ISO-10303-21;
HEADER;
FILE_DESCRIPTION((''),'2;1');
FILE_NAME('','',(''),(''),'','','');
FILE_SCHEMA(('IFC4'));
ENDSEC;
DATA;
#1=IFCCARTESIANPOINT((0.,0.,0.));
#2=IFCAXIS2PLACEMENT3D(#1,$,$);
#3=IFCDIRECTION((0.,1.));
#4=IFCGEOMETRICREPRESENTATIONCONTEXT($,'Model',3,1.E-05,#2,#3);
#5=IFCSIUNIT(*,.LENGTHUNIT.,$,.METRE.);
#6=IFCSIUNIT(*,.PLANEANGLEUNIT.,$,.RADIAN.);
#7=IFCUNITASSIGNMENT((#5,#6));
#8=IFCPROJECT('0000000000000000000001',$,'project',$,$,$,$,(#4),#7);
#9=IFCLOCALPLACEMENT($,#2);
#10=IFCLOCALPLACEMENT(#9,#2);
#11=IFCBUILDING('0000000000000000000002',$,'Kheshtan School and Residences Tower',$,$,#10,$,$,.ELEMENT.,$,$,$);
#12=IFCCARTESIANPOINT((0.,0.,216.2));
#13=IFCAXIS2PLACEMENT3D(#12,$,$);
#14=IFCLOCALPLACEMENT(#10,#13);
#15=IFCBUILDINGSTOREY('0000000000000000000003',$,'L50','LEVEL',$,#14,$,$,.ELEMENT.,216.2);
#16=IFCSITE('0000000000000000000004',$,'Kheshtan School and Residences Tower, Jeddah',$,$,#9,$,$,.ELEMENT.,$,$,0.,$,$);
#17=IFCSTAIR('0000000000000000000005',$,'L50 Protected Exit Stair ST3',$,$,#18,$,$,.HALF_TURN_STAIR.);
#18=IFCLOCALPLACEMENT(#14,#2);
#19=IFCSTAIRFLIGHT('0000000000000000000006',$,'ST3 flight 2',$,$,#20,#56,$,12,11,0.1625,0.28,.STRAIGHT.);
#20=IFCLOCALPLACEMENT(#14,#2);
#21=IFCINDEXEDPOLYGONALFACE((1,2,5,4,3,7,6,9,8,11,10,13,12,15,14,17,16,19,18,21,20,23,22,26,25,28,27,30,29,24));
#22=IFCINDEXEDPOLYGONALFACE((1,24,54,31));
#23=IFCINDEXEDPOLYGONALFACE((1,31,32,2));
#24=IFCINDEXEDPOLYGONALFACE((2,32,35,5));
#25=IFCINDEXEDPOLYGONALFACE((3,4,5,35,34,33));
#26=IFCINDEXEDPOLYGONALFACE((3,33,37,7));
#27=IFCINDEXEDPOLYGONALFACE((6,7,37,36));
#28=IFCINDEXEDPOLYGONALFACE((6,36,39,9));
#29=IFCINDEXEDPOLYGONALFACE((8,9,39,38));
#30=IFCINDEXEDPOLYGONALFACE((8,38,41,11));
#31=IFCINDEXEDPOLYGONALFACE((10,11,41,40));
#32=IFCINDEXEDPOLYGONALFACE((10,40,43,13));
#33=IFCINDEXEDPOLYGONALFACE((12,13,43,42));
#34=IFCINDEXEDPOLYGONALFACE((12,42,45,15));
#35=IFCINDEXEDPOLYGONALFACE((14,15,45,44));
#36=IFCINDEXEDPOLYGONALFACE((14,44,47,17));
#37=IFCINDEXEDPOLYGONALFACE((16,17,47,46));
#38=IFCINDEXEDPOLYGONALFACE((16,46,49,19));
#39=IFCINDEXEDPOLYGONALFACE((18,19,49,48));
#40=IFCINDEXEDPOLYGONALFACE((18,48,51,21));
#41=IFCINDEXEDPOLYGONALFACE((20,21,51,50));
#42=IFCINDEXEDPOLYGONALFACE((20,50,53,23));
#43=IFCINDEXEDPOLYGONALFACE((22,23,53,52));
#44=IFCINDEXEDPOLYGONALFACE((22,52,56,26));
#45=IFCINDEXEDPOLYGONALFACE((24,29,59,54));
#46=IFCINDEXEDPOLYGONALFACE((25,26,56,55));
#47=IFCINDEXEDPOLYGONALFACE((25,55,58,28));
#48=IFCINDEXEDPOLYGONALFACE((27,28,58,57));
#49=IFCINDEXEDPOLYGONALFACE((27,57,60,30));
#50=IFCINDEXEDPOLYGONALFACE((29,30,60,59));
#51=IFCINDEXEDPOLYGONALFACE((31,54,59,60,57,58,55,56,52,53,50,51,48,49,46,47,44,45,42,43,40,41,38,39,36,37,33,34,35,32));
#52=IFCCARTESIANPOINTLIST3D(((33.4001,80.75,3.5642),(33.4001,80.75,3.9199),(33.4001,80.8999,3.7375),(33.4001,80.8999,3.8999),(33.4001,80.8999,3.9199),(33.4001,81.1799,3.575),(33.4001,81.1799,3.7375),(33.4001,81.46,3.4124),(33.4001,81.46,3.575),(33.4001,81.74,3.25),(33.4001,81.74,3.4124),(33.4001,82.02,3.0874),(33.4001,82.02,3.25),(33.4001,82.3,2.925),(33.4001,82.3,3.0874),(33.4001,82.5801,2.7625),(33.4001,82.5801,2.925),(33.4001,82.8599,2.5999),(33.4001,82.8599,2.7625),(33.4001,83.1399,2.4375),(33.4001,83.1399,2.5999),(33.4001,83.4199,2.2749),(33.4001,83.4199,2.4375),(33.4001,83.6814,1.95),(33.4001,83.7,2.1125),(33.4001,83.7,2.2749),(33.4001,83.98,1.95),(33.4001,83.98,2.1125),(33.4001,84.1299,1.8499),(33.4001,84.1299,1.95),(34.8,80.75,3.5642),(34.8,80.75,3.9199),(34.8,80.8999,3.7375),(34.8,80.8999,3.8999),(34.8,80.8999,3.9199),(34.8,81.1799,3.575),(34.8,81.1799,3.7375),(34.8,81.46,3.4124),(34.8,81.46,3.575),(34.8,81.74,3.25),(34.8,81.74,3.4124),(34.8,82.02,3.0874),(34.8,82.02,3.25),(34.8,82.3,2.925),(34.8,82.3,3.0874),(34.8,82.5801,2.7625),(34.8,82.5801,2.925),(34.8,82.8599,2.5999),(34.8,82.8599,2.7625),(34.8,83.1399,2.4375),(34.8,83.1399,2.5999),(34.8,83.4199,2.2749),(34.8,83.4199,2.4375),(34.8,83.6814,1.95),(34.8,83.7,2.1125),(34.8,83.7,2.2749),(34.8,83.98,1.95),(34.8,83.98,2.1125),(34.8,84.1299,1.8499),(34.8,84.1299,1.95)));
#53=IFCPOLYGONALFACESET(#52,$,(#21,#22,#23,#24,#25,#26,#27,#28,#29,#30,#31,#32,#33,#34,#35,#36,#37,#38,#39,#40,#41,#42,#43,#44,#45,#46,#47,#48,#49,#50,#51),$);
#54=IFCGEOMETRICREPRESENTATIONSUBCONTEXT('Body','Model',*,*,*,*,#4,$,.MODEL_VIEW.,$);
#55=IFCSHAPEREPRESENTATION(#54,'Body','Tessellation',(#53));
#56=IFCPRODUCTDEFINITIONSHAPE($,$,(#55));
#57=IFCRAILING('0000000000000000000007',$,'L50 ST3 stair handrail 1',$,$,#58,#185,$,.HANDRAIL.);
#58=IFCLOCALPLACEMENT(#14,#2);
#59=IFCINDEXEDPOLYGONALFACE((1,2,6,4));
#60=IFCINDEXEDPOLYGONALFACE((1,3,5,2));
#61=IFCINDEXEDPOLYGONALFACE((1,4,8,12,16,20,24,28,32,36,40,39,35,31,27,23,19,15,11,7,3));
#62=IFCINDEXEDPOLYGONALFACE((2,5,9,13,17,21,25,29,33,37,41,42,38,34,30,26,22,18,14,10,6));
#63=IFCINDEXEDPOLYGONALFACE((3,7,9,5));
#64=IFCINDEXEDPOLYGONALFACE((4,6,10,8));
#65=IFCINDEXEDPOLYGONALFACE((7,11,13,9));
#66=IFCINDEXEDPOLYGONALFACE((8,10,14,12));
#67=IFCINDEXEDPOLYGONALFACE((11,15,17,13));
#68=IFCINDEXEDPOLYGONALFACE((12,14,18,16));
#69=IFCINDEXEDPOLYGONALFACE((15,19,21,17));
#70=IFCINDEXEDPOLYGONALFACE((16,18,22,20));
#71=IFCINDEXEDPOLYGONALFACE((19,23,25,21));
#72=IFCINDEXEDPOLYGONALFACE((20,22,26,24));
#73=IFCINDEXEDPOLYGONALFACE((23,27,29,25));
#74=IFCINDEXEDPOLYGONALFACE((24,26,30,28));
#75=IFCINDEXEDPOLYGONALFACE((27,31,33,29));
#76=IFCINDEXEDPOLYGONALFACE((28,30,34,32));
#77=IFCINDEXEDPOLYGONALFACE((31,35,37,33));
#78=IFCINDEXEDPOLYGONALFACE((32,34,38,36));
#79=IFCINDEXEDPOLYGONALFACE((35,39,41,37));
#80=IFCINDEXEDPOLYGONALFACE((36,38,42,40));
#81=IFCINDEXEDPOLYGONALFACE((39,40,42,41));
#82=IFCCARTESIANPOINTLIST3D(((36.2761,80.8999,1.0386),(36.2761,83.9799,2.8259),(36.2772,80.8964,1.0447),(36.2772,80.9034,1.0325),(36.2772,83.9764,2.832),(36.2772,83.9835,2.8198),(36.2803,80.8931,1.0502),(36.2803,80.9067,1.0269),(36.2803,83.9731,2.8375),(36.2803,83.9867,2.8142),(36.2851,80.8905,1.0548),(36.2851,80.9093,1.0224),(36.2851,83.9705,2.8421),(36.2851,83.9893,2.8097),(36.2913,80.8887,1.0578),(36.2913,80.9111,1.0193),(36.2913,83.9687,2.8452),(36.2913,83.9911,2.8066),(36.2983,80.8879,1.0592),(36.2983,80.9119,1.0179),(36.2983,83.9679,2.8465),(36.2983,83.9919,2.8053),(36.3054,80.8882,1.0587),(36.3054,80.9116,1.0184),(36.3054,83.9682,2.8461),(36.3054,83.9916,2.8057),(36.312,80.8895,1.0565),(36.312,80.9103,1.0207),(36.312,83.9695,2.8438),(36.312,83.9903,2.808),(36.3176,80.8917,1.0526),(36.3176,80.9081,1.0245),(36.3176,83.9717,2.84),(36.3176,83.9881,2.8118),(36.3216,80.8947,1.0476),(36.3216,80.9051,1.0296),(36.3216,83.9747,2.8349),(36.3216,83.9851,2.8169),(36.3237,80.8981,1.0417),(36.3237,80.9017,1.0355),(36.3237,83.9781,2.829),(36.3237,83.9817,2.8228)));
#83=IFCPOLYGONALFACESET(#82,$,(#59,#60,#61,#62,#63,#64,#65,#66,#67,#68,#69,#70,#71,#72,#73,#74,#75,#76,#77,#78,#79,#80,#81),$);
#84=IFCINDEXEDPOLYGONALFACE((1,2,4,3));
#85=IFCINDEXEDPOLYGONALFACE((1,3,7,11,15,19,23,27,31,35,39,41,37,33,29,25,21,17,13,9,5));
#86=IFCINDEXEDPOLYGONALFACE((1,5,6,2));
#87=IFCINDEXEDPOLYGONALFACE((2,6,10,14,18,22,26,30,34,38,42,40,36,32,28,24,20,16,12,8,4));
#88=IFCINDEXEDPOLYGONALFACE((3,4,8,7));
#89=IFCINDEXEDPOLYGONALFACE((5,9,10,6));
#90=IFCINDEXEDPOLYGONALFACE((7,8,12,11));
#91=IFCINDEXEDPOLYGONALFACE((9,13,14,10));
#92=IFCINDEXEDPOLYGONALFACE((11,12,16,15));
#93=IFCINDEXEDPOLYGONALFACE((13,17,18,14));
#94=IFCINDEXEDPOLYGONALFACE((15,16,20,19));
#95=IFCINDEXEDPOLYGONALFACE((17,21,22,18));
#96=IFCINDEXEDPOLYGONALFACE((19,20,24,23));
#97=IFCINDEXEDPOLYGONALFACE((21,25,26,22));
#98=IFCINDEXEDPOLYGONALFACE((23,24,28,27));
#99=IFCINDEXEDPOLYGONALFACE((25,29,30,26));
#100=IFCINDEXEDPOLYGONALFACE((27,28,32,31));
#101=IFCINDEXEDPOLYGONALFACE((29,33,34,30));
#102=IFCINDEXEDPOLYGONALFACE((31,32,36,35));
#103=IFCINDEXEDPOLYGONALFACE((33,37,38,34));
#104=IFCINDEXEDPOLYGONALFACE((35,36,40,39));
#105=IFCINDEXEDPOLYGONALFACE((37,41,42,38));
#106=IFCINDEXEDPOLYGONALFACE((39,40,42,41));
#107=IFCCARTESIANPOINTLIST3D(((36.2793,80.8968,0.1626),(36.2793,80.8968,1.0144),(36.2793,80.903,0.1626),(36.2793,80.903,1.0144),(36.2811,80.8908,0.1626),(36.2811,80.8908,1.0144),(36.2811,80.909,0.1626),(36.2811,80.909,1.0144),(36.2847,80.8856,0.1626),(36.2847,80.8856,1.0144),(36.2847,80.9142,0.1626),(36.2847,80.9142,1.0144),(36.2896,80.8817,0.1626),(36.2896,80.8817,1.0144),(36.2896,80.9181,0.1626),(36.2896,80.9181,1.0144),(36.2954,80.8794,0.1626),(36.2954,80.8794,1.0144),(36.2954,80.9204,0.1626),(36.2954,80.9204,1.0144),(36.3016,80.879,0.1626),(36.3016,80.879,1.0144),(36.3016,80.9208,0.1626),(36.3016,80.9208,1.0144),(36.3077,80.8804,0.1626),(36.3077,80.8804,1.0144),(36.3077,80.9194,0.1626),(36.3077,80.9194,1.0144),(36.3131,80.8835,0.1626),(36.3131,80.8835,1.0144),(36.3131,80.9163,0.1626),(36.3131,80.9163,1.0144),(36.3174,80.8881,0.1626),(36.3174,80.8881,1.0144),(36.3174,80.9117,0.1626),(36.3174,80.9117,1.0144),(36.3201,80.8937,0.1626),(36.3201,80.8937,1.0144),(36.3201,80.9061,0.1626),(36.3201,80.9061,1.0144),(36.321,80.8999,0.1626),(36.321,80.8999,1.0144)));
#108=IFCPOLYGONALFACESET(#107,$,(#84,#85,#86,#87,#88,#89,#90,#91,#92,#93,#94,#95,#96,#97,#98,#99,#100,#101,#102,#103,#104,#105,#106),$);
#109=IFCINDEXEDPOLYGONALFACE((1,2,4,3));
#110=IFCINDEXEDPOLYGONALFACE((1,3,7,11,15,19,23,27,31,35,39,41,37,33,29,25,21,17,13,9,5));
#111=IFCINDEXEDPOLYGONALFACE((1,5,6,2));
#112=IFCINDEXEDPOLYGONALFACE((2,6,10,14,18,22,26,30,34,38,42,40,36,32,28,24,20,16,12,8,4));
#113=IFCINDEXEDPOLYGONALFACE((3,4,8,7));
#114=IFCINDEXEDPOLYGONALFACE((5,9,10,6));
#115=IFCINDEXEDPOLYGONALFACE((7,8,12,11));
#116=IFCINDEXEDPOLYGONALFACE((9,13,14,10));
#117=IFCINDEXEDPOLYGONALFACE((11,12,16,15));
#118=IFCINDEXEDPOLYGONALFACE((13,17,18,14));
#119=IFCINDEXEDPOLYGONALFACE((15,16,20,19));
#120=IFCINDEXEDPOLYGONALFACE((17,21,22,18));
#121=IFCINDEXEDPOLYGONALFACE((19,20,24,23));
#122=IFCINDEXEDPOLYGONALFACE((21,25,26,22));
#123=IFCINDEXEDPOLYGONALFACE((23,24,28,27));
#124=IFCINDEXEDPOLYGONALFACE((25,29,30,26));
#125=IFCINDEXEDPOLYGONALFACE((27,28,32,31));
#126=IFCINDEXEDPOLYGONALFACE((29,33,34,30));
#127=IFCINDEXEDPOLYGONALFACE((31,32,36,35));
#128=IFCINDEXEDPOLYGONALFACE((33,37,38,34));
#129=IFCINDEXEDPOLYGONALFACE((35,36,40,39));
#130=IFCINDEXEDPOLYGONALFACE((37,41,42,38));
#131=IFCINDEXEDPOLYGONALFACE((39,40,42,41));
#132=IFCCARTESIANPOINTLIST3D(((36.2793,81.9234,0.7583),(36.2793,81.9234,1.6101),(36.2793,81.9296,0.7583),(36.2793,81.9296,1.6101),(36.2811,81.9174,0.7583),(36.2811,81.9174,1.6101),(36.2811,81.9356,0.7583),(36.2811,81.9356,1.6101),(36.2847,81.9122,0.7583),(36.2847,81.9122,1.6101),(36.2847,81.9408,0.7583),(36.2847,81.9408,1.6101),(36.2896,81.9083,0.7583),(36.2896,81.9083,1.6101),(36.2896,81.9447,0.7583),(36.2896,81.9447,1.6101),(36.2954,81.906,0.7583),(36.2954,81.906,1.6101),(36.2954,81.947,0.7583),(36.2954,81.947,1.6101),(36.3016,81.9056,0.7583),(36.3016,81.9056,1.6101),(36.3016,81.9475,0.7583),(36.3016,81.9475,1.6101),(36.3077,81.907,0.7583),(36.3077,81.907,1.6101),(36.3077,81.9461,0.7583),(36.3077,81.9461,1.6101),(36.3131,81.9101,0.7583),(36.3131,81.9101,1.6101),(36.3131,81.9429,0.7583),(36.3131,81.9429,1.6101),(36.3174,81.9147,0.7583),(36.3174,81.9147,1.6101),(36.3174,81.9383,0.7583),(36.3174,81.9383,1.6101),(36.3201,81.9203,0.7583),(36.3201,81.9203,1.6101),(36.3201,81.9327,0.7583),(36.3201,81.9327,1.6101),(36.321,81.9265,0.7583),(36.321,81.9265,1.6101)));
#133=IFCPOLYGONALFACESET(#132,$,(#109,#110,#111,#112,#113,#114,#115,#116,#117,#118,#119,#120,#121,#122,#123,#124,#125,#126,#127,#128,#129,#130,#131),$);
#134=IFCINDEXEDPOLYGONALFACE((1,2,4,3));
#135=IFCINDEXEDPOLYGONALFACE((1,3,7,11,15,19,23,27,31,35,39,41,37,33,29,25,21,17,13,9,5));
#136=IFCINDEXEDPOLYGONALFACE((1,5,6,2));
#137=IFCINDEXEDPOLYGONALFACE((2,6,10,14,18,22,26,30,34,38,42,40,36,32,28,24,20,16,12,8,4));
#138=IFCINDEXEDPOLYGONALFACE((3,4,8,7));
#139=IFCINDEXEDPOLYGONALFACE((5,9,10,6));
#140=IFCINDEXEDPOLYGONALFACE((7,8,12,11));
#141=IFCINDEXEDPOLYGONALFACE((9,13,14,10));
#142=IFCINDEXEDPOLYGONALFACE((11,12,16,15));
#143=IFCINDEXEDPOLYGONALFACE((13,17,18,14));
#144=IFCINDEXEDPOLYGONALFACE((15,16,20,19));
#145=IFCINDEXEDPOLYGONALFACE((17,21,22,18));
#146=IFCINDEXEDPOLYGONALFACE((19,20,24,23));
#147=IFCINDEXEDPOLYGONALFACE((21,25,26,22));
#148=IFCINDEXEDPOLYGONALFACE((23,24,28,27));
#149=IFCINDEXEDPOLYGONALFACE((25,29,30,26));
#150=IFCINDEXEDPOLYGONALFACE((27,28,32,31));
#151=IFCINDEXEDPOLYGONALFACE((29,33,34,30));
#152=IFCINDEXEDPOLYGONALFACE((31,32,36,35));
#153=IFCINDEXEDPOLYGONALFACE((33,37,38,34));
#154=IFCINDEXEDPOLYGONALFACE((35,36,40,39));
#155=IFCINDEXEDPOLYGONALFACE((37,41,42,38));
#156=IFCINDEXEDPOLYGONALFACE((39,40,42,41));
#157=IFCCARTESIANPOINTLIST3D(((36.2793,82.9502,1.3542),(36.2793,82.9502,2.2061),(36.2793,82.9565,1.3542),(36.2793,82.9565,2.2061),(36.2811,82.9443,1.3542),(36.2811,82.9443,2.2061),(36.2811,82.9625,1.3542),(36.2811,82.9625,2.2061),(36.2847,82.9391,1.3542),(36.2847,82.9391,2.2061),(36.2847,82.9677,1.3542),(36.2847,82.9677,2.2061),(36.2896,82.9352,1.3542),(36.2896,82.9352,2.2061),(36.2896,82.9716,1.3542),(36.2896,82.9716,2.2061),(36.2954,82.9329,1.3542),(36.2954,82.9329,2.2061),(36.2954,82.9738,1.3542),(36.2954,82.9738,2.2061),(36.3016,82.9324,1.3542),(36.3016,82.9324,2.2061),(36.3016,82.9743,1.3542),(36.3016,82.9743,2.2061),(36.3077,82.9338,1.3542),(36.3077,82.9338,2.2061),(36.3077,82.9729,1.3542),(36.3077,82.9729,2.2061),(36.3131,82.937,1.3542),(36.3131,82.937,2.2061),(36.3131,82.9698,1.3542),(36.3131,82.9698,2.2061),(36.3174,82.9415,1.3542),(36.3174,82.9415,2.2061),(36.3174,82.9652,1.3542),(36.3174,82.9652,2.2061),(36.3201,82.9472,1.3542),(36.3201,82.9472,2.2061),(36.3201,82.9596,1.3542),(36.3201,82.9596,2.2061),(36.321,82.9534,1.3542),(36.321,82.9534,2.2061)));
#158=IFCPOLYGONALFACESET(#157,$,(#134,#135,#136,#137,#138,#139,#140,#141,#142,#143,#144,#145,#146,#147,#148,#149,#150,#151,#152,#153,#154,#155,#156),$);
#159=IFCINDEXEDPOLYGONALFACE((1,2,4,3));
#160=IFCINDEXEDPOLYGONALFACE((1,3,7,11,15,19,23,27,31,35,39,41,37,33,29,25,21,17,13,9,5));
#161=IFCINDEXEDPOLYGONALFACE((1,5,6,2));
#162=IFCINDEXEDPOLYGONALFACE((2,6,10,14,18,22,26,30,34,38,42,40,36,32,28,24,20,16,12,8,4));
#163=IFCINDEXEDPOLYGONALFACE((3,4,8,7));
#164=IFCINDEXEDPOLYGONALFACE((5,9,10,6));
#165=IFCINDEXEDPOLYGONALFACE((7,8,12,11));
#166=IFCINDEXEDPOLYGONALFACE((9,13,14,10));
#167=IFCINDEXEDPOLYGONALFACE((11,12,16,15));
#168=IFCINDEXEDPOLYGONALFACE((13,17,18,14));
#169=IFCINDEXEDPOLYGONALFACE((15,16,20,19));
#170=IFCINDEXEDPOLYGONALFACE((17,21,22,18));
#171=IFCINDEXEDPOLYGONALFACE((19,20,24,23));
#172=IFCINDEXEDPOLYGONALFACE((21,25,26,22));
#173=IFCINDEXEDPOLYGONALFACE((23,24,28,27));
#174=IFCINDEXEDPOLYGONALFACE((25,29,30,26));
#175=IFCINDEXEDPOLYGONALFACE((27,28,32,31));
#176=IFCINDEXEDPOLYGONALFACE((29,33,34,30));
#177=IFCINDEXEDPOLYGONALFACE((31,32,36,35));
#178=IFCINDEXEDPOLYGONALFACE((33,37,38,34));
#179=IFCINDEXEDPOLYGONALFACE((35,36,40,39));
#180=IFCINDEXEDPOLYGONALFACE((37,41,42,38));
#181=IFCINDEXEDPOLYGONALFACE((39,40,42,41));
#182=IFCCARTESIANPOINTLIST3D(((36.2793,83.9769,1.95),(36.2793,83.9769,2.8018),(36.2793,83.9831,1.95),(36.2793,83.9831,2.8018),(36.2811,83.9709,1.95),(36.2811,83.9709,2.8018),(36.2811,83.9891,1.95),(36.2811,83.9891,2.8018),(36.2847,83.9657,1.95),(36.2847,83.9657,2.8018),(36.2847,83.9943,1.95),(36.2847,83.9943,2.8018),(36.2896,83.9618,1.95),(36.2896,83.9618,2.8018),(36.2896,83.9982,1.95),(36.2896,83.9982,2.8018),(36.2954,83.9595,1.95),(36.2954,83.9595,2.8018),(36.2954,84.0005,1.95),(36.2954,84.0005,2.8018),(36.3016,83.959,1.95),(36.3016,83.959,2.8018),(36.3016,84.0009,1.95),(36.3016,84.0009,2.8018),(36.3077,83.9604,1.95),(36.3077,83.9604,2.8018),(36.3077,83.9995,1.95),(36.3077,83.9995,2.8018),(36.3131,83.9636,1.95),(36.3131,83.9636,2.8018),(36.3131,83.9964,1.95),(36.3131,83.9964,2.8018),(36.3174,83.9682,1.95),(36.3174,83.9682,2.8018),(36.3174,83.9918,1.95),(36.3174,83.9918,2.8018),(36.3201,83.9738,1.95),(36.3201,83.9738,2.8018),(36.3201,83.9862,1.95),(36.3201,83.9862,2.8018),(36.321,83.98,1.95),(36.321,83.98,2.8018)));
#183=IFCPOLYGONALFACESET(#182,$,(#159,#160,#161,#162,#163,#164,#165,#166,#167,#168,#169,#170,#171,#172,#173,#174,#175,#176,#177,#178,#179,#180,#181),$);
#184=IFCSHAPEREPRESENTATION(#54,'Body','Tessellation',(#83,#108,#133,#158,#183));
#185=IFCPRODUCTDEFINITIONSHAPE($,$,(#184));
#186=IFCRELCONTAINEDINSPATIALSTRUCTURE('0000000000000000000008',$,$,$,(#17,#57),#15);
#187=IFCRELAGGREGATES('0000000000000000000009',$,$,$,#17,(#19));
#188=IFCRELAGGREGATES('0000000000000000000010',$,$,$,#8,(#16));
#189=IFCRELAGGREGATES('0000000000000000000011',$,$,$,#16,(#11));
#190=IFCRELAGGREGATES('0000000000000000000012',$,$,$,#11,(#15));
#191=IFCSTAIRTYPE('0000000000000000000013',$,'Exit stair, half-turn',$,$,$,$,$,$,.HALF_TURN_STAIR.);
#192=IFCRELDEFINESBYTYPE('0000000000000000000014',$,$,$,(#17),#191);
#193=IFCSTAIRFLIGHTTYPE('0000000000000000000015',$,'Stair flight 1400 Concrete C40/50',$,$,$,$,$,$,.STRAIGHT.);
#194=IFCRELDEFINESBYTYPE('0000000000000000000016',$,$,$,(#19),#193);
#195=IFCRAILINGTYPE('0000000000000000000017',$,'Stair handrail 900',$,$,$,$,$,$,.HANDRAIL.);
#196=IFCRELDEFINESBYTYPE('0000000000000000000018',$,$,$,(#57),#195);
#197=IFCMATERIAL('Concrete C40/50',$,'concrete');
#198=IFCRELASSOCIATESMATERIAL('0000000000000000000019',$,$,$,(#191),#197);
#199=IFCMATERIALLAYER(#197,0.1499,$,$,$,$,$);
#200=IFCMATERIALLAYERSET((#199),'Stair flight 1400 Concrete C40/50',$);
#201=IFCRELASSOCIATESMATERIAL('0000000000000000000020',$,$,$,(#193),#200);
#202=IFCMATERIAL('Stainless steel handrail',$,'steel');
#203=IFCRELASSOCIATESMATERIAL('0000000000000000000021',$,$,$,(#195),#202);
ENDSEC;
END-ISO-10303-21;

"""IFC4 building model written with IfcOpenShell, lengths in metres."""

from ifc_helpers import new_model, si_unit, direction, frame, origin, origin_2d, place, context, subcontext, project, spatial, polyline, circle, outline, extrude, material, layer, layer_set, type_object, element, aggregate, save


model = new_model("IFC4")

# Units and contexts
model_context = context("Model", 3, precision=1e-05, world=origin(), true_north=direction((0.0, 1.0)))
body_context = subcontext(model_context, "Body", "Model", "MODEL_VIEW")
ifc_project = project(units=[si_unit("LENGTHUNIT", "METRE"), si_unit("PLANEANGLEUNIT", "RADIAN")], contexts=[model_context])

# Site, building, storey
site_placement = place(None, origin())
site = spatial("IfcSite", under=ifc_project, at=site_placement, Name="Kheshtan School and Residences Tower, Jeddah", CompositionType="ELEMENT", RefElevation=0.0)
building_placement = place(site_placement, origin())
building = spatial("IfcBuilding", under=site, at=building_placement, Name="Kheshtan School and Residences Tower", CompositionType="ELEMENT")
storey_placement = place(building_placement, frame((0.0, 0.0, 216.2)))
storey = spatial("IfcBuildingStorey", under=building, at=storey_placement, Name="L50", Description="LEVEL", CompositionType="ELEMENT", Elevation=216.2)

# Shared definitions
ifc_material_1 = material(Name="Concrete C40/50", Category="concrete")

# Stair, stair flight
stair_type = type_object("IfcStairType", Name="Exit stair, half-turn", PredefinedType="HALF_TURN_STAIR", material=ifc_material_1)
stair_placement = place(storey_placement, origin())
stair = element("IfcStair", 1, at=stair_placement, inside=storey, type_object=stair_type, Name="L50 Protected Exit Stair ST3", PredefinedType="HALF_TURN_STAIR")
ifc_layer_1 = layer(ifc_material_1, 0.1499)
ifc_layer_set_1 = layer_set([ifc_layer_1], Name="Stair flight 1400 Concrete C40/50")
stair_flight_type = type_object("IfcStairFlightType", Name="Stair flight 1400 Concrete C40/50", PredefinedType="STRAIGHT", material=ifc_layer_set_1)
stair_flight_1_placement = place(storey_placement, frame((34.1001, 83.98, 1.95), z_axis=(0.0, 0.0, 1.0), x_axis=(0.0, -1.0, 0.0)))
stair_flight_1 = element("IfcStairFlight", 2, at=stair_flight_1_placement, type_object=stair_flight_type, Name="ST3 flight 2", NumberOfRisers=12, NumberOfTreads=11, PredefinedType="STRAIGHT", RiserHeight=0.1625, TreadLength=0.28, context=body_context, shape_type="SweptSolid", body=[
    extrude(outline(polyline([(-0.1499, -0.1001), (-0.1499, 0.0), (0.0, 0.0), (0.0, 0.1626), (0.28, 0.1626), (0.28, 0.325), (0.5601, 0.325), (0.5601, 0.4875), (0.8401, 0.4875), (0.8401, 0.6499), (1.1201, 0.6499), (1.1201, 0.8125), (1.3999, 0.8125), (1.3999, 0.9751), (1.6799, 0.9751), (1.6799, 1.1375), (1.96, 1.1375), (1.96, 1.3), (2.24, 1.3), (2.24, 1.4624), (2.52, 1.4624), (2.52, 1.625), (2.8, 1.625), (2.8, 1.7876), (3.0801, 1.7876), (3.0801, 1.95), (3.0801, 1.97), (3.23, 1.97), (3.23, 1.6143), (0.2986, 0.0), (-0.1499, -0.1001)])), frame((0.0, 0.7, 0.0), z_axis=(0.0, -1.0, 0.0), x_axis=(1.0, 0.0, 0.0)), (0.0, 0.0, 1.0), 1.3999),
])
aggregate(stair, [stair_flight_1])

# Railing
ifc_material_2 = material(Name="Stainless steel handrail", Category="steel")
railing_type_1 = type_object("IfcRailingType", Name="Stair handrail 900", PredefinedType="HANDRAIL", material=ifc_material_2)
railing_1_placement = place(storey_placement, frame((36.3, 80.8999, 0.1626)))
element("IfcRailing", 3, at=railing_1_placement, inside=storey, type_object=railing_type_1, Name="L50 ST3 stair handrail 1", PredefinedType="HANDRAIL", context=body_context, shape_type="SweptSolid", body=[
    extrude(circle(Radius=0.0239, at=origin_2d()), frame((0.0, 0.0, 0.876), z_axis=(0.0, 0.86492, 0.501909), x_axis=(-1.0, 0.0, 0.0)), (0.0, 0.0, 1.0), 3.561),
    extrude(circle(Radius=0.021, at=origin_2d()), origin(), (0.0, 0.0, 1.0), 0.8518),
    extrude(circle(Radius=0.021, at=origin_2d()), frame((0.0, 1.0266, 0.5957)), (0.0, 0.0, 1.0), 0.8518),
    extrude(circle(Radius=0.021, at=origin_2d()), frame((0.0, 2.0535, 1.1917)), (0.0, 0.0, 1.0), 0.8518),
    extrude(circle(Radius=0.021, at=origin_2d()), frame((0.0, 3.0801, 1.7874)), (0.0, 0.0, 1.0), 0.8518),
])

save(model, "model.ifc")
